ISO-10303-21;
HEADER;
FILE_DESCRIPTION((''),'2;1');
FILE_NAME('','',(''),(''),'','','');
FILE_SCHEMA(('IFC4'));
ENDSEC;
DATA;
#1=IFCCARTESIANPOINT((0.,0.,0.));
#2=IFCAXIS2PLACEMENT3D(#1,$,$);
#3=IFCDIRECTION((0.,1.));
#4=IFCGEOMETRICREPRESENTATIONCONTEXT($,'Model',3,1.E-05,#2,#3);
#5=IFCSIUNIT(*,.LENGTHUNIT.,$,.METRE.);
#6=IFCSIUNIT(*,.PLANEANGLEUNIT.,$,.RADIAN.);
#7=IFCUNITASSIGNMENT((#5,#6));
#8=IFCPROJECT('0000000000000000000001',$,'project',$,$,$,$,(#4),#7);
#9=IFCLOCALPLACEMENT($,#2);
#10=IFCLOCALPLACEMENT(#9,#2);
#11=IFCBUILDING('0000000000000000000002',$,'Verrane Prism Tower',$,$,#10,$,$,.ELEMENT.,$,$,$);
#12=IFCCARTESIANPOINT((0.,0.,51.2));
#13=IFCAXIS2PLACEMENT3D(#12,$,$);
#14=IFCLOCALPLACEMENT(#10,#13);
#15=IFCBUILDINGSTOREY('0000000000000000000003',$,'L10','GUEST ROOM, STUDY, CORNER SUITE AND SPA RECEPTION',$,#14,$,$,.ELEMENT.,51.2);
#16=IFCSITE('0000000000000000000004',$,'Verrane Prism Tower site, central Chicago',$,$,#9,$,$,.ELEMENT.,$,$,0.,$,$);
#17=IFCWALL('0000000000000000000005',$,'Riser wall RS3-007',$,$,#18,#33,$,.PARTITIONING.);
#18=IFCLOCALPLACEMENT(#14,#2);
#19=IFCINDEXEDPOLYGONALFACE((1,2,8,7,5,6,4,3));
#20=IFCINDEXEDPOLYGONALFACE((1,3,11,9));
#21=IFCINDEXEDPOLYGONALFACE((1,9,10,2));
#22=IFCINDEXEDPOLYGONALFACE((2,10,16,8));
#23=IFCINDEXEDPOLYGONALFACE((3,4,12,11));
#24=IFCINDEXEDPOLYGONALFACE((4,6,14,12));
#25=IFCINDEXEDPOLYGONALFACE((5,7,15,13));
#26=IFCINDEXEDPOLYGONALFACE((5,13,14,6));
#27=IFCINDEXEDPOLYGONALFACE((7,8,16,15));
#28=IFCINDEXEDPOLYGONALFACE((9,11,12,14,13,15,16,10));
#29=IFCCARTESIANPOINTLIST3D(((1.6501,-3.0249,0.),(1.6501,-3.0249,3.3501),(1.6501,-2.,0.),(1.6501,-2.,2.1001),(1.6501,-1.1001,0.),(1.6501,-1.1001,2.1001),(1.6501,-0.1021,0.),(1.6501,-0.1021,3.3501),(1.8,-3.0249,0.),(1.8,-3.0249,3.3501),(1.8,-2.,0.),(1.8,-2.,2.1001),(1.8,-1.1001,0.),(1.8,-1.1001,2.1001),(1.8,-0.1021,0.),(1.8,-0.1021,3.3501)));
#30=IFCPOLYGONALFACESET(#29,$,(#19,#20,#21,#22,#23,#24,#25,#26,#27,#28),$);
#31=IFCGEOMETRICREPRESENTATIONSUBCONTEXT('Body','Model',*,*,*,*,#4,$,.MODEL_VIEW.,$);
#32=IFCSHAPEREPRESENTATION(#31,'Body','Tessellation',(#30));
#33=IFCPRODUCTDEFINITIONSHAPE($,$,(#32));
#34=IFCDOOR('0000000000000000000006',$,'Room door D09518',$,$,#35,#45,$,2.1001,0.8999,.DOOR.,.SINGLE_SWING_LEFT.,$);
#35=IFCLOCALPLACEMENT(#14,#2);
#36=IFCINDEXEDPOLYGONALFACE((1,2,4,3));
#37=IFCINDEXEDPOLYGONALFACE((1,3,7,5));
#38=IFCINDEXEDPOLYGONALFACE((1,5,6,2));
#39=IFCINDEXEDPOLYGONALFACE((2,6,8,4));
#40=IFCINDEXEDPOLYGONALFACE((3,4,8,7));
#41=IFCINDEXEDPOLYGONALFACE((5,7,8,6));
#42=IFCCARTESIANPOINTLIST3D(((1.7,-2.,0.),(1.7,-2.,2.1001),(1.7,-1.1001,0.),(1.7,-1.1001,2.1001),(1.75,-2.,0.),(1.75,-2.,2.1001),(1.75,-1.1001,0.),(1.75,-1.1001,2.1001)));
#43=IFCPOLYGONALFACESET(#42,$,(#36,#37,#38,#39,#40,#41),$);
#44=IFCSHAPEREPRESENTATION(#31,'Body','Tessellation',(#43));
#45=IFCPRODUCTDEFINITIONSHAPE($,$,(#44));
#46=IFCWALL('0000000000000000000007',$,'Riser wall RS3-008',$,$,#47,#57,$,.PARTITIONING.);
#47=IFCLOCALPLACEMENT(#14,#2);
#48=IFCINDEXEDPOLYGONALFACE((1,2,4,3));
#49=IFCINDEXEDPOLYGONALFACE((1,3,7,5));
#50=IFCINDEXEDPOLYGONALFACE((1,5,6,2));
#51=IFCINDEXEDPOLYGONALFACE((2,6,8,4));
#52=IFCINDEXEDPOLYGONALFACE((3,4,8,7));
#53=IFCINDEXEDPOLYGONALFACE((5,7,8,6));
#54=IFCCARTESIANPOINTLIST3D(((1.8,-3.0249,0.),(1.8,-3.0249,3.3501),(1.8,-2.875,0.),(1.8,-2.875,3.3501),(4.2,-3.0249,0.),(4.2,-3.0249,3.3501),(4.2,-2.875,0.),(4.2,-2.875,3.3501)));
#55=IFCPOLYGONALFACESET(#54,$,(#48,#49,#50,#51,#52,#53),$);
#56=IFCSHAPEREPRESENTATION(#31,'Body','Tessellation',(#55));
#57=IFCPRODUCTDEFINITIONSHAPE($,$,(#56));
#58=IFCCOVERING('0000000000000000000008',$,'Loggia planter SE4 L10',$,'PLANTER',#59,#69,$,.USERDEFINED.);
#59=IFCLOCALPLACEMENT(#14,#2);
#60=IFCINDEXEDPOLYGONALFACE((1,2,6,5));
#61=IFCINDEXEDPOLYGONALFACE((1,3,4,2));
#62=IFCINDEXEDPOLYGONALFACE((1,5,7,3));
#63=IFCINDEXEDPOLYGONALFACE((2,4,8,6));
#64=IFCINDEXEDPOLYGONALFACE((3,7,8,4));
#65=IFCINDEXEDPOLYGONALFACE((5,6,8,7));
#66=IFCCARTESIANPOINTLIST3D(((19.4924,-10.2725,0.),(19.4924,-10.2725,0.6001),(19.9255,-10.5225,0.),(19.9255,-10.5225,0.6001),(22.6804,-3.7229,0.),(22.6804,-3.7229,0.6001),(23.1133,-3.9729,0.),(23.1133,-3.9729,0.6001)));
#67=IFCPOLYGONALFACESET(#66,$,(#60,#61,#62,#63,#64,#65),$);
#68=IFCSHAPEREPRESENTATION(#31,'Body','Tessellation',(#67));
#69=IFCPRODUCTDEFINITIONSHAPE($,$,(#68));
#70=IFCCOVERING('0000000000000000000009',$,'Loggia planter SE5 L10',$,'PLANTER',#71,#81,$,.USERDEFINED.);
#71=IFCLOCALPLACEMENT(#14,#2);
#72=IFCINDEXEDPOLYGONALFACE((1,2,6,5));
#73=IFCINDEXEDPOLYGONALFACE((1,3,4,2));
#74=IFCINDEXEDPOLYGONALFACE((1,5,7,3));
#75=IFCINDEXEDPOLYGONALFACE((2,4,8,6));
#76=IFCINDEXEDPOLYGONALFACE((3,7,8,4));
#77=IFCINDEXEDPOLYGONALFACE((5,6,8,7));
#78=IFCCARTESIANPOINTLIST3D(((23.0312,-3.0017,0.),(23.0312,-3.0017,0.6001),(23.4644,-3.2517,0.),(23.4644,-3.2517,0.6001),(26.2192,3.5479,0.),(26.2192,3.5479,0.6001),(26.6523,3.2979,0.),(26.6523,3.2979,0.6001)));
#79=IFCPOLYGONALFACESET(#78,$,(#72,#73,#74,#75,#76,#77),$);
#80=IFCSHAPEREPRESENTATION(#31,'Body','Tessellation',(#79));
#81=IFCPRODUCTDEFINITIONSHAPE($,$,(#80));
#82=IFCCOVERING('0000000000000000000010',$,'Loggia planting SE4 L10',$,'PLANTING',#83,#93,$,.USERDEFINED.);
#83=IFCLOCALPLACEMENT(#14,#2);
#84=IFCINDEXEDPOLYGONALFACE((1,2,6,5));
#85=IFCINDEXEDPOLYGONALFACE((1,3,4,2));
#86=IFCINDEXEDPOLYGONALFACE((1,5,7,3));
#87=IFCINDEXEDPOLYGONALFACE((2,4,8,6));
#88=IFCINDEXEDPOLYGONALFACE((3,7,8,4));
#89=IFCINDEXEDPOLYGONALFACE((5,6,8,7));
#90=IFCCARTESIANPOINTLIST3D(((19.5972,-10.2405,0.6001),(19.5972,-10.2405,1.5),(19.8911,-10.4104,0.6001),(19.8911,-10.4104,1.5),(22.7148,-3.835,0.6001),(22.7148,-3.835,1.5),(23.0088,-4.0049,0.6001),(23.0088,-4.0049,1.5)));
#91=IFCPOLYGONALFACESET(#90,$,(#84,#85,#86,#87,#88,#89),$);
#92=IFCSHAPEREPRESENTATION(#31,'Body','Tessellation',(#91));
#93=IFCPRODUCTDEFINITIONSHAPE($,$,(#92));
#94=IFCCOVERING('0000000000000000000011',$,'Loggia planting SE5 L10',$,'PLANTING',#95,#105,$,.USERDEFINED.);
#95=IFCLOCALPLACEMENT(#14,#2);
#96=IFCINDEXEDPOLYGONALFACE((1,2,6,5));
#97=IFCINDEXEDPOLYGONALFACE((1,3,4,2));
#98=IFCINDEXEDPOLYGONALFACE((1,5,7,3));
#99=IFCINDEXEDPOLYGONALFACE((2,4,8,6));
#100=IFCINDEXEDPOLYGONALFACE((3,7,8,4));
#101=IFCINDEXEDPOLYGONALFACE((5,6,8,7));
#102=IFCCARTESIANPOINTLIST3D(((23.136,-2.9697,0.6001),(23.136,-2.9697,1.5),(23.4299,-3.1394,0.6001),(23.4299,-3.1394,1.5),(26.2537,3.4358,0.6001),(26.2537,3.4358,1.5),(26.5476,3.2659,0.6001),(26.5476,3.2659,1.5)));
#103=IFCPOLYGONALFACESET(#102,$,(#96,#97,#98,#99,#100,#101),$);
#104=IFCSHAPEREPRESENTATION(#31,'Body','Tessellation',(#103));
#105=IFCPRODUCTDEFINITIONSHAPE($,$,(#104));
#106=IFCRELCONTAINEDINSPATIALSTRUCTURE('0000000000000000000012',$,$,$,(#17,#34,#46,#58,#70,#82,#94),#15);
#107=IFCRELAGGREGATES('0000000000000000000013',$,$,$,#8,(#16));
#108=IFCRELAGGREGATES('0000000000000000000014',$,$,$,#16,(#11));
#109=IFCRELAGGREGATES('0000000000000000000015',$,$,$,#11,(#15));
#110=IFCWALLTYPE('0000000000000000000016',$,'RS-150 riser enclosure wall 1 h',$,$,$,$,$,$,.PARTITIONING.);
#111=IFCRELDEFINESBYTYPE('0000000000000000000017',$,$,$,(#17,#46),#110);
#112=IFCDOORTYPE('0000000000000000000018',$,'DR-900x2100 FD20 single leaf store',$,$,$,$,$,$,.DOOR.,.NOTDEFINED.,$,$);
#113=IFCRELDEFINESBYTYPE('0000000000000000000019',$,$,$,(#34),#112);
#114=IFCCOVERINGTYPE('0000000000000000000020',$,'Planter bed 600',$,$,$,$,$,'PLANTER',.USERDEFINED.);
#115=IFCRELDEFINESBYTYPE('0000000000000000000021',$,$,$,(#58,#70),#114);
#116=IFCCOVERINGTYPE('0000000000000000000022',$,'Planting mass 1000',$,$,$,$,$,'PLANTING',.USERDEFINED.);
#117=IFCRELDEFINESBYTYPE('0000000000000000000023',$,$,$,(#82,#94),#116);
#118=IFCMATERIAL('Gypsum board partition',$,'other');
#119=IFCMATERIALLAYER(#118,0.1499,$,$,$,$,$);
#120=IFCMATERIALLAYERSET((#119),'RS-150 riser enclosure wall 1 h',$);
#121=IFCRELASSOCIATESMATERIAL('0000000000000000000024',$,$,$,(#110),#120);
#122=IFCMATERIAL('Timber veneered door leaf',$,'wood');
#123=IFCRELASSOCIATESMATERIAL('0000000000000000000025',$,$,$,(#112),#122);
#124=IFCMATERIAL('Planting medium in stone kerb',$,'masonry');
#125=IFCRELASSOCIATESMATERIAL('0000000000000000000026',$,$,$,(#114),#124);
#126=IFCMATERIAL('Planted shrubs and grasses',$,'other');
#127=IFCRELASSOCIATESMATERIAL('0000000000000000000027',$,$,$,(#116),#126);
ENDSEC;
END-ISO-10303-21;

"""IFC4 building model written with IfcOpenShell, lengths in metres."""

from ifc_helpers import new_model, si_unit, direction, frame, frame_2d, origin, place, context, subcontext, project, spatial, polyline, rectangle, outline, extrude, material, layer, layer_set, type_object, element, fill, save


model = new_model("IFC4")

# Units and contexts
model_context = context("Model", 3, precision=1e-05, world=origin(), true_north=direction((0.0, 1.0)))
body_context = subcontext(model_context, "Body", "Model", "MODEL_VIEW")
ifc_project = project(units=[si_unit("LENGTHUNIT", "METRE"), si_unit("PLANEANGLEUNIT", "RADIAN")], contexts=[model_context])

# Site, building, storey
site_placement = place(None, origin())
site = spatial("IfcSite", under=ifc_project, at=site_placement, Name="Verrane Prism Tower site, central Chicago", CompositionType="ELEMENT", RefElevation=0.0)
building_placement = place(site_placement, origin())
building = spatial("IfcBuilding", under=site, at=building_placement, Name="Verrane Prism Tower", CompositionType="ELEMENT")
storey_placement = place(building_placement, frame((0.0, 0.0, 51.2)))
storey = spatial("IfcBuildingStorey", under=building, at=storey_placement, Name="L10", Description="GUEST ROOM, STUDY, CORNER SUITE AND SPA RECEPTION", CompositionType="ELEMENT", Elevation=51.2)

# Wall, opening, door
ifc_material_1 = material(Name="Gypsum board partition", Category="other")
ifc_layer_1 = layer(ifc_material_1, 0.1499)
ifc_layer_set_1 = layer_set([ifc_layer_1], Name="RS-150 riser enclosure wall 1 h")
wall_type_1 = type_object("IfcWallType", Name="RS-150 riser enclosure wall 1 h", PredefinedType="PARTITIONING", material=ifc_layer_set_1)
wall_1_placement = place(storey_placement, frame((1.7251, -0.1021, 0.0), z_axis=(0.0, 0.0, 1.0), x_axis=(0.0, -1.0, 0.0)))
wall_1 = element("IfcWall", 1, at=wall_1_placement, inside=storey, type_object=wall_type_1, Name="Riser wall RS3-007", PredefinedType="PARTITIONING", context=body_context, shape_type="SweptSolid", body=[
    extrude(rectangle(XDim=2.9229, YDim=0.1499, at=frame_2d((1.4614, 0.0))), origin(), (0.0, 0.0, 1.0), 3.3501),
])
opening_placement = place(wall_1_placement, frame((0.998, 0.0, 0.0)))
opening = element("IfcOpeningElement", 2, at=opening_placement, cuts=wall_1, PredefinedType="OPENING", context=body_context, shape_type="SweptSolid", body=[
    extrude(rectangle(XDim=0.8999, YDim=2.1001, at=frame_2d((0.45, 1.05))), frame((0.0, 0.085, 0.0), z_axis=(0.0, -1.0, 0.0), x_axis=(1.0, 0.0, 0.0)), (0.0, 0.0, 1.0), 0.1699),
])
ifc_material_2 = material(Name="Timber veneered door leaf", Category="wood")
door_type = type_object("IfcDoorType", Name="DR-900x2100 FD20 single leaf store", OperationType="NOTDEFINED", PredefinedType="DOOR", material=ifc_material_2)
door_placement = place(opening_placement, origin())
door = element("IfcDoor", 3, at=door_placement, inside=storey, type_object=door_type, Name="Room door D09518", OperationType="SINGLE_SWING_LEFT", OverallHeight=2.1001, OverallWidth=0.8999, PredefinedType="DOOR", context=body_context, shape_type="SweptSolid", body=[
    extrude(rectangle(XDim=0.8999, YDim=2.1001, at=frame_2d((0.45, 1.05))), frame((0.0, 0.0249, 0.0), z_axis=(0.0, -1.0, 0.0), x_axis=(1.0, 0.0, 0.0)), (0.0, 0.0, 1.0), 0.05),
])
fill(opening, door)

# Wall
wall_2_placement = place(storey_placement, frame((1.8, -2.95, 0.0), z_axis=(0.0, 0.0, 1.0), x_axis=(1.0, 0.0, 0.0)))
element("IfcWall", 4, at=wall_2_placement, inside=storey, type_object=wall_type_1, Name="Riser wall RS3-008", PredefinedType="PARTITIONING", context=body_context, shape_type="SweptSolid", body=[
    extrude(rectangle(XDim=2.3999, YDim=0.1499, at=frame_2d((1.2, 0.0))), origin(), (0.0, 0.0, 1.0), 3.3501),
])

# Coverings
ifc_material_3 = material(Name="Planting medium in stone kerb", Category="masonry")
covering_type_1 = type_object("IfcCoveringType", Name="Planter bed 600", ElementType="PLANTER", PredefinedType="USERDEFINED", material=ifc_material_3)
covering_1_placement = place(storey_placement, origin())
element("IfcCovering", 5, at=covering_1_placement, inside=storey, type_object=covering_type_1, Name="Loggia planter SE4 L10", ObjectType="PLANTER", PredefinedType="USERDEFINED", context=body_context, shape_type="SweptSolid", body=[
    extrude(outline(polyline([(19.9255, -10.5225), (23.1133, -3.9729), (22.6804, -3.7229), (19.4924, -10.2725), (19.9255, -10.5225)])), origin(), (0.0, 0.0, 1.0), 0.6001),
])
covering_2_placement = place(storey_placement, origin())
element("IfcCovering", 6, at=covering_2_placement, inside=storey, type_object=covering_type_1, Name="Loggia planter SE5 L10", ObjectType="PLANTER", PredefinedType="USERDEFINED", context=body_context, shape_type="SweptSolid", body=[
    extrude(outline(polyline([(23.4644, -3.2517), (26.6523, 3.2979), (26.2192, 3.5479), (23.0312, -3.0017), (23.4644, -3.2517)])), origin(), (0.0, 0.0, 1.0), 0.6001),
])
ifc_material_4 = material(Name="Planted shrubs and grasses", Category="other")
covering_type_2 = type_object("IfcCoveringType", Name="Planting mass 1000", ElementType="PLANTING", PredefinedType="USERDEFINED", material=ifc_material_4)
covering_3_placement = place(storey_placement, frame((0.0, 0.0, 0.6001)))
element("IfcCovering", 7, at=covering_3_placement, inside=storey, type_object=covering_type_2, Name="Loggia planting SE4 L10", ObjectType="PLANTING", PredefinedType="USERDEFINED", context=body_context, shape_type="SweptSolid", body=[
    extrude(outline(polyline([(23.0088, -4.0049), (22.7148, -3.835), (19.5972, -10.2405), (19.8911, -10.4104), (23.0088, -4.0049)])), origin(), (0.0, 0.0, 1.0), 0.8999),
])
covering_4_placement = place(storey_placement, frame((0.0, 0.0, 0.6001)))
element("IfcCovering", 8, at=covering_4_placement, inside=storey, type_object=covering_type_2, Name="Loggia planting SE5 L10", ObjectType="PLANTING", PredefinedType="USERDEFINED", context=body_context, shape_type="SweptSolid", body=[
    extrude(outline(polyline([(26.5476, 3.2659), (26.2537, 3.4358), (23.136, -2.9697), (23.4299, -3.1394), (26.5476, 3.2659)])), origin(), (0.0, 0.0, 1.0), 0.8999),
])

save(model, "model.ifc")
